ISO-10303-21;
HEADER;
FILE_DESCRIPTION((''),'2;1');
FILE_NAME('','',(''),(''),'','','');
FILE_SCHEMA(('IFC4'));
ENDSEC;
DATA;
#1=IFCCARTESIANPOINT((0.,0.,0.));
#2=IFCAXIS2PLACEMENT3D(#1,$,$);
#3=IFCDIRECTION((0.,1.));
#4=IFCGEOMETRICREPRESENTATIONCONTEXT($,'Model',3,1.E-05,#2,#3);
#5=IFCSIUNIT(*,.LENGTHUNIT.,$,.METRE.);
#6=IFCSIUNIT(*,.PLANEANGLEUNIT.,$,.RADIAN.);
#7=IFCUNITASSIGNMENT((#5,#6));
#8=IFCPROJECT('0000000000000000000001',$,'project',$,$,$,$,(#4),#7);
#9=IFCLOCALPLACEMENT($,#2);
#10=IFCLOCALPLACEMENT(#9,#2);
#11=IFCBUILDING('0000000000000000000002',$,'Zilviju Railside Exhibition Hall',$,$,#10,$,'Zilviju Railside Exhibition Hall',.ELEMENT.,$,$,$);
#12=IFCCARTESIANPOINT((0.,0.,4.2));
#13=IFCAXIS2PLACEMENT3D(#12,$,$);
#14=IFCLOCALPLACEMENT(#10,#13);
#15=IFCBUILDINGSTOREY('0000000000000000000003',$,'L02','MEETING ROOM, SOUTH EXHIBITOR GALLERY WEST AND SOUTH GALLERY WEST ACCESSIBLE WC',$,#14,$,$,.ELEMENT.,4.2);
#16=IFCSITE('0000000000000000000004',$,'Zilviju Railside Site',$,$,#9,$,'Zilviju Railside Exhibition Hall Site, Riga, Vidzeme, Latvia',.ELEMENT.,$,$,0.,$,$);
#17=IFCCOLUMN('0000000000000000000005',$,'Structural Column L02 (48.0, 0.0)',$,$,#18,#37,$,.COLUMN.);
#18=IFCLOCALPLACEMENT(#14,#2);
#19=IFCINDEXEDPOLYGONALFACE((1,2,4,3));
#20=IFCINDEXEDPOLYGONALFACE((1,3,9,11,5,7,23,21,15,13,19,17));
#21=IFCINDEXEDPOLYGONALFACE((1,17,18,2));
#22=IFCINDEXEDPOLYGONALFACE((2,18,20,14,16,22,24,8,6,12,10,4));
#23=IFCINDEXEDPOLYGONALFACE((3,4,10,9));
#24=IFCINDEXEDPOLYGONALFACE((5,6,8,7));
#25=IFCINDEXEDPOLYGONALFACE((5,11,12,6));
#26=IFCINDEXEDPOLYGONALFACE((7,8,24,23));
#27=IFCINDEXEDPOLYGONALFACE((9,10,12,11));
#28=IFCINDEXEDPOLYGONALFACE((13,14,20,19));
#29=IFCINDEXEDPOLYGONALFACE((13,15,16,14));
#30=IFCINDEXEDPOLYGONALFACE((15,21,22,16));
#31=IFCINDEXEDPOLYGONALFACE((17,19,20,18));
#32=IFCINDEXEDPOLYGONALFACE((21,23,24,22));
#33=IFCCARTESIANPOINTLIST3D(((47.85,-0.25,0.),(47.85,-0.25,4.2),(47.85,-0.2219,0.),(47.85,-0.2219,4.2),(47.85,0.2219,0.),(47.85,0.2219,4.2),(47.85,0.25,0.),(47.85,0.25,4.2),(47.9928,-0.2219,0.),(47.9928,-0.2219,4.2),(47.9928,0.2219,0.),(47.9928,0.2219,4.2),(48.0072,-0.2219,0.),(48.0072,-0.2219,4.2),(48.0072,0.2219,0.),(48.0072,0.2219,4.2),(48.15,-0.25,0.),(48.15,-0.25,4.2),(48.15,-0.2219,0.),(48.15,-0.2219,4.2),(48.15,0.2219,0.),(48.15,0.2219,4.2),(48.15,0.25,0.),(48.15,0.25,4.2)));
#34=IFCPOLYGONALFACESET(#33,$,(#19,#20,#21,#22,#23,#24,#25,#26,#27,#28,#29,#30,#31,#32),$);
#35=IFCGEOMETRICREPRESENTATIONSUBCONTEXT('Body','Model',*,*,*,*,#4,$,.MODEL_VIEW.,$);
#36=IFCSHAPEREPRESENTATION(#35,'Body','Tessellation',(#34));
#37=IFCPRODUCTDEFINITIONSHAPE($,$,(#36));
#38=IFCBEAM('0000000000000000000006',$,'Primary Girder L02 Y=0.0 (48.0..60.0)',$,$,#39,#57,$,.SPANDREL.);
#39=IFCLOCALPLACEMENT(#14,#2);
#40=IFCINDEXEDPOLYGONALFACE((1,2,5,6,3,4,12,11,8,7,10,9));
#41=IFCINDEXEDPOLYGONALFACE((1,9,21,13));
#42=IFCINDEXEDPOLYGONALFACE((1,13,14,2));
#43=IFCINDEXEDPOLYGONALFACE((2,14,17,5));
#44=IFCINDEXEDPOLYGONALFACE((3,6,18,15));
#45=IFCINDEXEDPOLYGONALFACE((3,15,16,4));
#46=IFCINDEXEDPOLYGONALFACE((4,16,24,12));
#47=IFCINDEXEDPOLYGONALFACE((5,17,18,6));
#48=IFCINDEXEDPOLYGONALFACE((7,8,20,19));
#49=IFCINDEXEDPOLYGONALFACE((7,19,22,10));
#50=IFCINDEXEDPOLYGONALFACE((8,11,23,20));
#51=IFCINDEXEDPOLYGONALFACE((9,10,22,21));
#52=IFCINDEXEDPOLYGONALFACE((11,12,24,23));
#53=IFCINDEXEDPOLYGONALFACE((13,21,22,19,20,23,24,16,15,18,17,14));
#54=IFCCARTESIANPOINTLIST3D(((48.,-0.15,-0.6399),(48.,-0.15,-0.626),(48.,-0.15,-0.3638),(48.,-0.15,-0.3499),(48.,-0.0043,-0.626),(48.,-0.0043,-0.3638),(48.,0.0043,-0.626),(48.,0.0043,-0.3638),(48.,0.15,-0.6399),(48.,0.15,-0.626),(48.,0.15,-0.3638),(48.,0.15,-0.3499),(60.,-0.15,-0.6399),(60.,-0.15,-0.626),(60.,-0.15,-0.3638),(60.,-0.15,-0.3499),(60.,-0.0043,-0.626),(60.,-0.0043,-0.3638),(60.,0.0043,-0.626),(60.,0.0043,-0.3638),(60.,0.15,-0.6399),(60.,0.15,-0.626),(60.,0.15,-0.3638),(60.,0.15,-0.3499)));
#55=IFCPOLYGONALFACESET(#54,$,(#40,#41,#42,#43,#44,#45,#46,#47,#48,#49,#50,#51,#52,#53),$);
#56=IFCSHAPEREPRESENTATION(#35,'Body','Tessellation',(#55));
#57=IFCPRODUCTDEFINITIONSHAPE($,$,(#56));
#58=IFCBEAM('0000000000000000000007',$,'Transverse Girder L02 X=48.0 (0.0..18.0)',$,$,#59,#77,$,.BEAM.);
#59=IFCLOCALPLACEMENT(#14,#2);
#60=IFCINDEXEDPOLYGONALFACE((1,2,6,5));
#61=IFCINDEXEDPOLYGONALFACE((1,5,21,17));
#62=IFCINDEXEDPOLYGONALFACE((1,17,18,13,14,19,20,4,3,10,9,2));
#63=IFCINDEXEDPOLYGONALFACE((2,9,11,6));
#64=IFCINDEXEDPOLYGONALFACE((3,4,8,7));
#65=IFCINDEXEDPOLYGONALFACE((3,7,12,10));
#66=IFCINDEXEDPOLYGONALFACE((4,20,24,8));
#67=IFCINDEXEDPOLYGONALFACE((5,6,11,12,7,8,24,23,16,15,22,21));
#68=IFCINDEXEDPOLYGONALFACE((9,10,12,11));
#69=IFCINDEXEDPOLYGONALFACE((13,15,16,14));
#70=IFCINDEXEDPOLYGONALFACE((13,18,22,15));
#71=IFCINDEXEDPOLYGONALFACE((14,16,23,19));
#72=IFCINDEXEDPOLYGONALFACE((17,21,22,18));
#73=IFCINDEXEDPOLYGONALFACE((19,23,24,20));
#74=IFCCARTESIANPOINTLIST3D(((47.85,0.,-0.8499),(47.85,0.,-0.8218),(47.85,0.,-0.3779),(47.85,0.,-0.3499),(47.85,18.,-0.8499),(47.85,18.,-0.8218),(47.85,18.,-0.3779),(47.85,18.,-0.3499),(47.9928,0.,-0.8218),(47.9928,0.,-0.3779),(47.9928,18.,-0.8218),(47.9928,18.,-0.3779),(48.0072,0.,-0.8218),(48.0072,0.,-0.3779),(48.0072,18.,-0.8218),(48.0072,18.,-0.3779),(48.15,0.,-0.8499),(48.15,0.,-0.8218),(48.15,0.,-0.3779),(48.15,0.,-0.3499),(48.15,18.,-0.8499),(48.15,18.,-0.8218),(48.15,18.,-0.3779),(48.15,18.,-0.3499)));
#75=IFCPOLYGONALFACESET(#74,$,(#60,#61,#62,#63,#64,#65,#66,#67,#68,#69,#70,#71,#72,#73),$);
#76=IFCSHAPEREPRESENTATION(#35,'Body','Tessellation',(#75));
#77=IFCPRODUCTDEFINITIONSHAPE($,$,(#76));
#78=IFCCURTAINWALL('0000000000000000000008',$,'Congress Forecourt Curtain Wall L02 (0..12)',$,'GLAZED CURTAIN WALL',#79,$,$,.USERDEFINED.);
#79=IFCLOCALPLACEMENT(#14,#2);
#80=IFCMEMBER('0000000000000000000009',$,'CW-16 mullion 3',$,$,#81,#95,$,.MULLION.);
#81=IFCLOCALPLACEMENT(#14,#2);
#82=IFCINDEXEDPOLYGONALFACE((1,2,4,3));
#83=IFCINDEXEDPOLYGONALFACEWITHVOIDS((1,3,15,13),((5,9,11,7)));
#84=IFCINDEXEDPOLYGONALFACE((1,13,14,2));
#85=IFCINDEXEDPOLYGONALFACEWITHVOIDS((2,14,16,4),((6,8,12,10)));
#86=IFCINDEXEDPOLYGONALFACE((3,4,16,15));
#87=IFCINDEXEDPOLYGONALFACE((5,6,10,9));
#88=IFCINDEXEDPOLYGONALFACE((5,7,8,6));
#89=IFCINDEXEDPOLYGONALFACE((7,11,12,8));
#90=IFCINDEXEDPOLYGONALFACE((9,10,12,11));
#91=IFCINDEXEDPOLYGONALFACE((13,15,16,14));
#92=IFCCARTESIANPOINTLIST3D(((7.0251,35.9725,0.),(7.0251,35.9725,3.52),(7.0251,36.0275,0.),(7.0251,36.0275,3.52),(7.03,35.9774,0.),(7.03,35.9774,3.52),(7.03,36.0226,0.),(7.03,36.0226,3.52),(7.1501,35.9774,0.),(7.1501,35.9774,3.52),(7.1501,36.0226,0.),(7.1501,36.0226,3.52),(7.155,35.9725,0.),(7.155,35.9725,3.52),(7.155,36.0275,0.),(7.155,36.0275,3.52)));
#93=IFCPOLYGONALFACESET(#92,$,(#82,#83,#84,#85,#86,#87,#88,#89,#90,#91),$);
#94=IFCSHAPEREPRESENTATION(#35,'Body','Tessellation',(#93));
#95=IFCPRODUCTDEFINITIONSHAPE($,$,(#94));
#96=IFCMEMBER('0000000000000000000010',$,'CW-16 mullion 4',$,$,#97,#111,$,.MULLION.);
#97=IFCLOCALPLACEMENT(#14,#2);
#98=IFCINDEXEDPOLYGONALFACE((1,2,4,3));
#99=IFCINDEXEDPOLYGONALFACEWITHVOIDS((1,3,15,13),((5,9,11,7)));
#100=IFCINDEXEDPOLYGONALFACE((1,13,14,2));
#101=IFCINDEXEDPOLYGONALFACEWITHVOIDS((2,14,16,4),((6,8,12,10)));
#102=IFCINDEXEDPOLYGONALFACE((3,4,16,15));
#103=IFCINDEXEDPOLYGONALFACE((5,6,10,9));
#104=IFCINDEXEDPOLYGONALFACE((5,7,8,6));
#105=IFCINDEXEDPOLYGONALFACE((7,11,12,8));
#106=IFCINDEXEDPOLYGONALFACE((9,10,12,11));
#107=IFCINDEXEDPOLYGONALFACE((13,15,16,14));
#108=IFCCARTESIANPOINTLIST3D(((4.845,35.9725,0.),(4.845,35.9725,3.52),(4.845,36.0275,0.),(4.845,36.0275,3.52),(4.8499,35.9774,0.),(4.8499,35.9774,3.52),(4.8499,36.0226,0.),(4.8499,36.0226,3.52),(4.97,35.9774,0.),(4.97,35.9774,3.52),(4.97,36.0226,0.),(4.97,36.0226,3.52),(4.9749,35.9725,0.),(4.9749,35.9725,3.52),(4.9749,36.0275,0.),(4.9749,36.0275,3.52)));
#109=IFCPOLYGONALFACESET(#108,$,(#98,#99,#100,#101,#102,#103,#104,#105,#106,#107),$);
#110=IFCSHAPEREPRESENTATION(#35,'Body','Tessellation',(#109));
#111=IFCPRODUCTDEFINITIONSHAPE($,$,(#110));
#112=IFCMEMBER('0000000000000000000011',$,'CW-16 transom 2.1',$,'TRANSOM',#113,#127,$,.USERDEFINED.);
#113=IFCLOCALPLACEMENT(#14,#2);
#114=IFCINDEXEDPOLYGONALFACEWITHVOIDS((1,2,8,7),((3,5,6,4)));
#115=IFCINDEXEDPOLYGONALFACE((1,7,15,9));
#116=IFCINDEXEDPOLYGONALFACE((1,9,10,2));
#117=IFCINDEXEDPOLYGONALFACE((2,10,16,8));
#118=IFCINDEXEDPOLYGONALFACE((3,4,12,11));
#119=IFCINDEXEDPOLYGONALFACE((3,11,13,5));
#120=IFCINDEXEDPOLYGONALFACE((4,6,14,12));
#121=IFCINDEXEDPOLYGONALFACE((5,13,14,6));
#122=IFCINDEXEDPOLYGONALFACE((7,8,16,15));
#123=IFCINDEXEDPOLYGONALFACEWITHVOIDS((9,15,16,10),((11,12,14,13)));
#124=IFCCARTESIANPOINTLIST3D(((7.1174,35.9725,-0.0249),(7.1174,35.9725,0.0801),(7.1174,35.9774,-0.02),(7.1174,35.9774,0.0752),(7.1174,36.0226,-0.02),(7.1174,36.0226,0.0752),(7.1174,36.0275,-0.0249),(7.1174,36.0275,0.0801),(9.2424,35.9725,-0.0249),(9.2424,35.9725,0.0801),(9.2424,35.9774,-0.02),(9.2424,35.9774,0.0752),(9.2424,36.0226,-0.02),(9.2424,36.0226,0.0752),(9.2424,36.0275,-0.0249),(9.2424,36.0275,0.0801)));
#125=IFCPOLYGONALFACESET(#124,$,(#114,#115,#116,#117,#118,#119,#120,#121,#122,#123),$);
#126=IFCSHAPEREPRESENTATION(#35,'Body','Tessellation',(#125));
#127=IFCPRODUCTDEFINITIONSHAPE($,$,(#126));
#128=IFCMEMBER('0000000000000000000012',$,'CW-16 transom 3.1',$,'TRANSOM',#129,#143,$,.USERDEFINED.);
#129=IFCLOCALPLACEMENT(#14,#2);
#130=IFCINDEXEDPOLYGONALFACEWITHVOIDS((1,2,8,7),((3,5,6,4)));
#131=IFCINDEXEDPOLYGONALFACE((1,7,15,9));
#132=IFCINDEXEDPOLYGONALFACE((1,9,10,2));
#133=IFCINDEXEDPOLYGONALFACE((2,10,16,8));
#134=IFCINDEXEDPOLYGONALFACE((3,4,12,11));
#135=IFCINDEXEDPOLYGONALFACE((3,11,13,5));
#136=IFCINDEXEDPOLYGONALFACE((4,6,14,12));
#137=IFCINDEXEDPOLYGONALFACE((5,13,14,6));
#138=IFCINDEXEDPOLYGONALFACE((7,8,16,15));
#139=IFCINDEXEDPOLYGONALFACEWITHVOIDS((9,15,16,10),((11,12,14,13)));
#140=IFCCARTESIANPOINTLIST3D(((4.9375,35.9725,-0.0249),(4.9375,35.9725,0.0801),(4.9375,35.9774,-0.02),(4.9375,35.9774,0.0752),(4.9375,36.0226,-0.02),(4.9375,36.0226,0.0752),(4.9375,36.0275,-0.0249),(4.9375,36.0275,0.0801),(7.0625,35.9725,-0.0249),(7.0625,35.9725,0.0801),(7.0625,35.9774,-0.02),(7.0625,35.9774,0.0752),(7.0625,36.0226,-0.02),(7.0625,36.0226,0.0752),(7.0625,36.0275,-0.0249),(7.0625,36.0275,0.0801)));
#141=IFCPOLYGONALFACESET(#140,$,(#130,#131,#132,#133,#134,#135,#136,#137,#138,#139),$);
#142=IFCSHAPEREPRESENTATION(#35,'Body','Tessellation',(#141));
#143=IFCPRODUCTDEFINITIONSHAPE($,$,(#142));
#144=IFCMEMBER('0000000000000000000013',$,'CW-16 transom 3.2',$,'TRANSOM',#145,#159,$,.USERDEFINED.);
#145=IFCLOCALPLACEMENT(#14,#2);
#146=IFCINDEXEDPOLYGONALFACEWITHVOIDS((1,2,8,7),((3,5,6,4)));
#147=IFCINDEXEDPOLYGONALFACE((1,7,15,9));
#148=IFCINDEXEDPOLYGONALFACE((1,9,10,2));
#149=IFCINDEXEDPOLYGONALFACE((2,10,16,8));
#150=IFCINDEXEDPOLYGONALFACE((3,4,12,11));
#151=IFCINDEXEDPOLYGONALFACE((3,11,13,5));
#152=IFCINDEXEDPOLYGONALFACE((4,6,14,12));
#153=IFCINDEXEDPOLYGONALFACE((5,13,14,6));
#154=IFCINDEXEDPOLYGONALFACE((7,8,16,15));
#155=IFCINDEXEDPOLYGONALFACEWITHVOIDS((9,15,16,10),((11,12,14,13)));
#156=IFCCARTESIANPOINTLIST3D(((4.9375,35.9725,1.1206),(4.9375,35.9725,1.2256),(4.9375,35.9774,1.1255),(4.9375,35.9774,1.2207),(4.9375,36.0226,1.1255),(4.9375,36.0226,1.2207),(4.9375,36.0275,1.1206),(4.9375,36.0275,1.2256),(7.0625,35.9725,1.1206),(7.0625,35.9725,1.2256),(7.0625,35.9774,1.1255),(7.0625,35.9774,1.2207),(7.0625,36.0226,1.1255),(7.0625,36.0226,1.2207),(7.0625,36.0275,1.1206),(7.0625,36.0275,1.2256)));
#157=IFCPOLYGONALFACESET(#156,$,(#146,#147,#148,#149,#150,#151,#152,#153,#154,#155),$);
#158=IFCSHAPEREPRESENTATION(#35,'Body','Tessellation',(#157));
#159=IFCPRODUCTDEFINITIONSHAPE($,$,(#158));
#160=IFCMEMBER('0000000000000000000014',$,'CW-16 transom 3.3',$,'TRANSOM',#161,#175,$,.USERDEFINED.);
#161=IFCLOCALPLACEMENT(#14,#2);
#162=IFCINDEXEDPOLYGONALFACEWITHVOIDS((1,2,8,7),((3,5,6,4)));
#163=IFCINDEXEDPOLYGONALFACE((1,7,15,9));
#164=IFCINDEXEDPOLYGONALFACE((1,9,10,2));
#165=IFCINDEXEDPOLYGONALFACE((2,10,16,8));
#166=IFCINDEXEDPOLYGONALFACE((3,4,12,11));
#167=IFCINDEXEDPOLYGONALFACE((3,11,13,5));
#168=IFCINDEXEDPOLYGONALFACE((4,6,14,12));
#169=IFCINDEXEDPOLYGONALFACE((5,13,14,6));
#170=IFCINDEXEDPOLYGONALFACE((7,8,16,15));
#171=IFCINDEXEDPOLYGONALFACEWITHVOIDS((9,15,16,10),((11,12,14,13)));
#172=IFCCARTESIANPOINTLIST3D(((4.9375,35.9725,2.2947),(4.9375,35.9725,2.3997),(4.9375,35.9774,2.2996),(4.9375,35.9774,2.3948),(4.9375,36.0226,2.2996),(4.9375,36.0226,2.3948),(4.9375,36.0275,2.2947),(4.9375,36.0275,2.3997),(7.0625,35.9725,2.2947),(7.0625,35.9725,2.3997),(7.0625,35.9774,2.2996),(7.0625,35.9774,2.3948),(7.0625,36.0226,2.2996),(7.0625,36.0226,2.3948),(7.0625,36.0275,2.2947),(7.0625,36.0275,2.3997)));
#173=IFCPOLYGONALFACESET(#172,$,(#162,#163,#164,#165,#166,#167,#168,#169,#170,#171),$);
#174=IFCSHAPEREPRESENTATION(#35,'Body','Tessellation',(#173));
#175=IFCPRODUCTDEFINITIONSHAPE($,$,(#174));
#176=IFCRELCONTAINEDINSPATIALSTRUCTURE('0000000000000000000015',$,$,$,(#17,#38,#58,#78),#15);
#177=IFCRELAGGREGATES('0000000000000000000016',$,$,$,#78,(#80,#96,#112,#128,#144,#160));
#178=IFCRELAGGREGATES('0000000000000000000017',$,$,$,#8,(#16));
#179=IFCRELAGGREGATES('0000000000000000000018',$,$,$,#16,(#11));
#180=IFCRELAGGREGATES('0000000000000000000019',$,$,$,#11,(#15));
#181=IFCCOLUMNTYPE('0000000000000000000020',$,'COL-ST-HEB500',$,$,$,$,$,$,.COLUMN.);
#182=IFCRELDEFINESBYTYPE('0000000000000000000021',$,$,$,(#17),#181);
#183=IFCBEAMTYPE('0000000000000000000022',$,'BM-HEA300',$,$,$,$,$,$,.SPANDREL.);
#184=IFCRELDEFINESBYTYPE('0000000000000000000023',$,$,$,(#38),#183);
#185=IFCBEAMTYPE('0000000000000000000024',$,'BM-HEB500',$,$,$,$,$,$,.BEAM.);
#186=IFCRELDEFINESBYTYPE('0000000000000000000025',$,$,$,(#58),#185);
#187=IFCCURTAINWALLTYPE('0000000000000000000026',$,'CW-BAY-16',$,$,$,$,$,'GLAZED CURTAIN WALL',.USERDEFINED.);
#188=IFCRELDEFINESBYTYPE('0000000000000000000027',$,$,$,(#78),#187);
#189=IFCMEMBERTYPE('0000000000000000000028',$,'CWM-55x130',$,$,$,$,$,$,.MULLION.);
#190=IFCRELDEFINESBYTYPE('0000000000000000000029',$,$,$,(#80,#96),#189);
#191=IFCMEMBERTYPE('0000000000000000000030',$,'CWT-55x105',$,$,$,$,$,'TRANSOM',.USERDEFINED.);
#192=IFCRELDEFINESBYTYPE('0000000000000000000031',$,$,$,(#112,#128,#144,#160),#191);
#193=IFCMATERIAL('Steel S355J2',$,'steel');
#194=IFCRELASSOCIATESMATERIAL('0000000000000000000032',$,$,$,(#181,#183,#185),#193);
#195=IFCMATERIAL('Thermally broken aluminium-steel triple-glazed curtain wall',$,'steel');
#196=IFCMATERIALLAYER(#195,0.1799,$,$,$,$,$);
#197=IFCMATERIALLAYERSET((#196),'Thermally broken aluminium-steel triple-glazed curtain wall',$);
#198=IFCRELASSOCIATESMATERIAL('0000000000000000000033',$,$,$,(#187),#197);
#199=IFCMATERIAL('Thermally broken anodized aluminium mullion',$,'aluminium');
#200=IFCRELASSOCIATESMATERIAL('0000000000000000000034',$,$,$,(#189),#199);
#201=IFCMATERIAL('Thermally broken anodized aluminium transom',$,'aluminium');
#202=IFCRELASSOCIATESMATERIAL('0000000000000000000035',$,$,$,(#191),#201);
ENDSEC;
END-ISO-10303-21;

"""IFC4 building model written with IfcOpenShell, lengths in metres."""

from ifc_helpers import new_model, si_unit, direction, frame, origin, origin_2d, place, context, subcontext, project, spatial, hollow_rectangle, i_section, extrude, material, layer, layer_set, material_profile, profile_set, type_object, element, aggregate, save


model = new_model("IFC4")

# Units and contexts
model_context = context("Model", 3, precision=1e-05, world=origin(), true_north=direction((0.0, 1.0)))
body_context = subcontext(model_context, "Body", "Model", "MODEL_VIEW")
ifc_project = project(units=[si_unit("LENGTHUNIT", "METRE"), si_unit("PLANEANGLEUNIT", "RADIAN")], contexts=[model_context])

# Site, building, storey
site_placement = place(None, origin())
site = spatial("IfcSite", under=ifc_project, at=site_placement, Name="Zilviju Railside Site", LongName="Zilviju Railside Exhibition Hall Site, Riga, Vidzeme, Latvia", CompositionType="ELEMENT", RefElevation=0.0)
building_placement = place(site_placement, origin())
building = spatial("IfcBuilding", under=site, at=building_placement, Name="Zilviju Railside Exhibition Hall", LongName="Zilviju Railside Exhibition Hall", CompositionType="ELEMENT")
storey_placement = place(building_placement, frame((0.0, 0.0, 4.2)))
storey = spatial("IfcBuildingStorey", under=building, at=storey_placement, Name="L02", Description="MEETING ROOM, SOUTH EXHIBITOR GALLERY WEST AND SOUTH GALLERY WEST ACCESSIBLE WC", CompositionType="ELEMENT", Elevation=4.2)

# Column
ifc_material_1 = material(Name="Steel S355J2", Category="steel")
ifc_material_profile_1 = material_profile(ifc_material_1, i_section(OverallWidth=0.3, OverallDepth=0.5, WebThickness=0.0144, FlangeThickness=0.0281, at=origin_2d()), Name="HEB 500")
ifc_profile_set_1 = profile_set([ifc_material_profile_1], Name="Steel S355J2")
column_type = type_object("IfcColumnType", Name="COL-ST-HEB500", PredefinedType="COLUMN", material=ifc_profile_set_1)
column_placement = place(storey_placement, frame((48.0, 0.0, 0.0), z_axis=(0.0, 0.0, 1.0), x_axis=(1.0, 0.0, 0.0)))
element("IfcColumn", 1, at=column_placement, inside=storey, type_object=column_type, Name="Structural Column L02 (48.0, 0.0)", PredefinedType="COLUMN", context=body_context, shape_type="SweptSolid", body=[
    extrude(i_section(OverallWidth=0.3, OverallDepth=0.5, WebThickness=0.0144, FlangeThickness=0.0281, at=origin_2d()), origin(), (0.0, 0.0, 1.0), 4.2),
])

# Beams
ifc_material_profile_2 = material_profile(ifc_material_1, i_section(OverallWidth=0.3, OverallDepth=0.29, WebThickness=0.0085, FlangeThickness=0.0139, at=origin_2d()), Name="HEA 300")
ifc_profile_set_2 = profile_set([ifc_material_profile_2], Name="Steel S355J2")
beam_type_1 = type_object("IfcBeamType", Name="BM-HEA300", PredefinedType="SPANDREL", material=ifc_profile_set_2)
beam_1_placement = place(storey_placement, frame((48.0, 0.0, -0.4949), z_axis=(1.0, 0.0, 0.0), x_axis=(0.0, 1.0, 0.0)))
element("IfcBeam", 2, at=beam_1_placement, inside=storey, type_object=beam_type_1, Name="Primary Girder L02 Y=0.0 (48.0..60.0)", PredefinedType="SPANDREL", context=body_context, shape_type="SweptSolid", body=[
    extrude(i_section(OverallWidth=0.3, OverallDepth=0.29, WebThickness=0.0085, FlangeThickness=0.0139, at=origin_2d()), origin(), (0.0, 0.0, 1.0), 12.0),
])
ifc_material_profile_3 = material_profile(ifc_material_1, i_section(OverallWidth=0.3, OverallDepth=0.5, WebThickness=0.0144, FlangeThickness=0.0281, at=origin_2d()), Name="HEB 500")
ifc_profile_set_3 = profile_set([ifc_material_profile_3], Name="Steel S355J2")
beam_type_2 = type_object("IfcBeamType", Name="BM-HEB500", PredefinedType="BEAM", material=ifc_profile_set_3)
beam_2_placement = place(storey_placement, frame((48.0, 0.0, -0.5999), z_axis=(0.0, 1.0, 0.0), x_axis=(-1.0, 0.0, 0.0)))
element("IfcBeam", 3, at=beam_2_placement, inside=storey, type_object=beam_type_2, Name="Transverse Girder L02 X=48.0 (0.0..18.0)", PredefinedType="BEAM", context=body_context, shape_type="SweptSolid", body=[
    extrude(i_section(OverallWidth=0.3, OverallDepth=0.5, WebThickness=0.0144, FlangeThickness=0.0281, at=origin_2d()), origin(), (0.0, 0.0, 1.0), 18.0),
])

# Curtain wall, members
ifc_material_2 = material(Name="Thermally broken aluminium-steel triple-glazed curtain wall", Category="steel")
ifc_layer_1 = layer(ifc_material_2, 0.1799)
ifc_layer_set_1 = layer_set([ifc_layer_1], Name="Thermally broken aluminium-steel triple-glazed curtain wall")
curtain_wall_type = type_object("IfcCurtainWallType", Name="CW-BAY-16", ElementType="GLAZED CURTAIN WALL", PredefinedType="USERDEFINED", material=ifc_layer_set_1)
curtain_wall_placement = place(storey_placement, origin())
curtain_wall = element("IfcCurtainWall", 4, at=curtain_wall_placement, inside=storey, type_object=curtain_wall_type, Name="Congress Forecourt Curtain Wall L02 (0..12)", ObjectType="GLAZED CURTAIN WALL", PredefinedType="USERDEFINED")
ifc_material_3 = material(Name="Thermally broken anodized aluminium mullion", Category="aluminium")
ifc_material_profile_4 = material_profile(ifc_material_3, hollow_rectangle(XDim=0.0549, YDim=0.1299, WallThickness=0.0049, at=origin_2d()), Name="MULLION 130x55x5")
ifc_profile_set_4 = profile_set([ifc_material_profile_4], Name="Thermally broken anodized aluminium mullion")
member_type_1 = type_object("IfcMemberType", Name="CWM-55x130", PredefinedType="MULLION", material=ifc_profile_set_4)
member_1_placement = place(storey_placement, frame((7.0901, 36.0, 0.0), z_axis=(0.0, 0.0, 1.0), x_axis=(0.0, -1.0, 0.0)))
member_1 = element("IfcMember", 5, at=member_1_placement, type_object=member_type_1, Name="CW-16 mullion 3", PredefinedType="MULLION", context=body_context, shape_type="SweptSolid", body=[
    extrude(hollow_rectangle(XDim=0.0549, YDim=0.1299, WallThickness=0.0049, at=origin_2d()), origin(), (0.0, 0.0, 1.0), 3.52),
])
member_2_placement = place(storey_placement, frame((4.9099, 36.0, 0.0), z_axis=(0.0, 0.0, 1.0), x_axis=(0.0, -1.0, 0.0)))
member_2 = element("IfcMember", 6, at=member_2_placement, type_object=member_type_1, Name="CW-16 mullion 4", PredefinedType="MULLION", context=body_context, shape_type="SweptSolid", body=[
    extrude(hollow_rectangle(XDim=0.0549, YDim=0.1299, WallThickness=0.0049, at=origin_2d()), origin(), (0.0, 0.0, 1.0), 3.52),
])
ifc_material_4 = material(Name="Thermally broken anodized aluminium transom", Category="aluminium")
ifc_material_profile_5 = material_profile(ifc_material_4, hollow_rectangle(XDim=0.0549, YDim=0.105, WallThickness=0.0049, at=origin_2d()), Name="TRANSOM 105x55x5")
ifc_profile_set_5 = profile_set([ifc_material_profile_5], Name="Thermally broken anodized aluminium transom")
member_type_2 = type_object("IfcMemberType", Name="CWT-55x105", ElementType="TRANSOM", PredefinedType="USERDEFINED", material=ifc_profile_set_5)
member_3_placement = place(storey_placement, frame((9.2424, 36.0, 0.0276), z_axis=(-1.0, 0.0, 0.0), x_axis=(0.0, -1.0, 0.0)))
member_3 = element("IfcMember", 7, at=member_3_placement, type_object=member_type_2, Name="CW-16 transom 2.1", ObjectType="TRANSOM", PredefinedType="USERDEFINED", context=body_context, shape_type="SweptSolid", body=[
    extrude(hollow_rectangle(XDim=0.0549, YDim=0.105, WallThickness=0.0049, at=origin_2d()), origin(), (0.0, 0.0, 1.0), 2.125),
])
member_4_placement = place(storey_placement, frame((7.0625, 36.0, 0.0276), z_axis=(-1.0, 0.0, 0.0), x_axis=(0.0, -1.0, 0.0)))
member_4 = element("IfcMember", 8, at=member_4_placement, type_object=member_type_2, Name="CW-16 transom 3.1", ObjectType="TRANSOM", PredefinedType="USERDEFINED", context=body_context, shape_type="SweptSolid", body=[
    extrude(hollow_rectangle(XDim=0.0549, YDim=0.105, WallThickness=0.0049, at=origin_2d()), origin(), (0.0, 0.0, 1.0), 2.125),
])
member_5_placement = place(storey_placement, frame((7.0625, 36.0, 1.1731), z_axis=(-1.0, 0.0, 0.0), x_axis=(0.0, -1.0, 0.0)))
member_5 = element("IfcMember", 9, at=member_5_placement, type_object=member_type_2, Name="CW-16 transom 3.2", ObjectType="TRANSOM", PredefinedType="USERDEFINED", context=body_context, shape_type="SweptSolid", body=[
    extrude(hollow_rectangle(XDim=0.0549, YDim=0.105, WallThickness=0.0049, at=origin_2d()), origin(), (0.0, 0.0, 1.0), 2.125),
])
member_6_placement = place(storey_placement, frame((7.0625, 36.0, 2.3472), z_axis=(-1.0, 0.0, 0.0), x_axis=(0.0, -1.0, 0.0)))
member_6 = element("IfcMember", 10, at=member_6_placement, type_object=member_type_2, Name="CW-16 transom 3.3", ObjectType="TRANSOM", PredefinedType="USERDEFINED", context=body_context, shape_type="SweptSolid", body=[
    extrude(hollow_rectangle(XDim=0.0549, YDim=0.105, WallThickness=0.0049, at=origin_2d()), origin(), (0.0, 0.0, 1.0), 2.125),
])
aggregate(curtain_wall, [member_1, member_2, member_3, member_4, member_5, member_6])

save(model, "model.ifc")
